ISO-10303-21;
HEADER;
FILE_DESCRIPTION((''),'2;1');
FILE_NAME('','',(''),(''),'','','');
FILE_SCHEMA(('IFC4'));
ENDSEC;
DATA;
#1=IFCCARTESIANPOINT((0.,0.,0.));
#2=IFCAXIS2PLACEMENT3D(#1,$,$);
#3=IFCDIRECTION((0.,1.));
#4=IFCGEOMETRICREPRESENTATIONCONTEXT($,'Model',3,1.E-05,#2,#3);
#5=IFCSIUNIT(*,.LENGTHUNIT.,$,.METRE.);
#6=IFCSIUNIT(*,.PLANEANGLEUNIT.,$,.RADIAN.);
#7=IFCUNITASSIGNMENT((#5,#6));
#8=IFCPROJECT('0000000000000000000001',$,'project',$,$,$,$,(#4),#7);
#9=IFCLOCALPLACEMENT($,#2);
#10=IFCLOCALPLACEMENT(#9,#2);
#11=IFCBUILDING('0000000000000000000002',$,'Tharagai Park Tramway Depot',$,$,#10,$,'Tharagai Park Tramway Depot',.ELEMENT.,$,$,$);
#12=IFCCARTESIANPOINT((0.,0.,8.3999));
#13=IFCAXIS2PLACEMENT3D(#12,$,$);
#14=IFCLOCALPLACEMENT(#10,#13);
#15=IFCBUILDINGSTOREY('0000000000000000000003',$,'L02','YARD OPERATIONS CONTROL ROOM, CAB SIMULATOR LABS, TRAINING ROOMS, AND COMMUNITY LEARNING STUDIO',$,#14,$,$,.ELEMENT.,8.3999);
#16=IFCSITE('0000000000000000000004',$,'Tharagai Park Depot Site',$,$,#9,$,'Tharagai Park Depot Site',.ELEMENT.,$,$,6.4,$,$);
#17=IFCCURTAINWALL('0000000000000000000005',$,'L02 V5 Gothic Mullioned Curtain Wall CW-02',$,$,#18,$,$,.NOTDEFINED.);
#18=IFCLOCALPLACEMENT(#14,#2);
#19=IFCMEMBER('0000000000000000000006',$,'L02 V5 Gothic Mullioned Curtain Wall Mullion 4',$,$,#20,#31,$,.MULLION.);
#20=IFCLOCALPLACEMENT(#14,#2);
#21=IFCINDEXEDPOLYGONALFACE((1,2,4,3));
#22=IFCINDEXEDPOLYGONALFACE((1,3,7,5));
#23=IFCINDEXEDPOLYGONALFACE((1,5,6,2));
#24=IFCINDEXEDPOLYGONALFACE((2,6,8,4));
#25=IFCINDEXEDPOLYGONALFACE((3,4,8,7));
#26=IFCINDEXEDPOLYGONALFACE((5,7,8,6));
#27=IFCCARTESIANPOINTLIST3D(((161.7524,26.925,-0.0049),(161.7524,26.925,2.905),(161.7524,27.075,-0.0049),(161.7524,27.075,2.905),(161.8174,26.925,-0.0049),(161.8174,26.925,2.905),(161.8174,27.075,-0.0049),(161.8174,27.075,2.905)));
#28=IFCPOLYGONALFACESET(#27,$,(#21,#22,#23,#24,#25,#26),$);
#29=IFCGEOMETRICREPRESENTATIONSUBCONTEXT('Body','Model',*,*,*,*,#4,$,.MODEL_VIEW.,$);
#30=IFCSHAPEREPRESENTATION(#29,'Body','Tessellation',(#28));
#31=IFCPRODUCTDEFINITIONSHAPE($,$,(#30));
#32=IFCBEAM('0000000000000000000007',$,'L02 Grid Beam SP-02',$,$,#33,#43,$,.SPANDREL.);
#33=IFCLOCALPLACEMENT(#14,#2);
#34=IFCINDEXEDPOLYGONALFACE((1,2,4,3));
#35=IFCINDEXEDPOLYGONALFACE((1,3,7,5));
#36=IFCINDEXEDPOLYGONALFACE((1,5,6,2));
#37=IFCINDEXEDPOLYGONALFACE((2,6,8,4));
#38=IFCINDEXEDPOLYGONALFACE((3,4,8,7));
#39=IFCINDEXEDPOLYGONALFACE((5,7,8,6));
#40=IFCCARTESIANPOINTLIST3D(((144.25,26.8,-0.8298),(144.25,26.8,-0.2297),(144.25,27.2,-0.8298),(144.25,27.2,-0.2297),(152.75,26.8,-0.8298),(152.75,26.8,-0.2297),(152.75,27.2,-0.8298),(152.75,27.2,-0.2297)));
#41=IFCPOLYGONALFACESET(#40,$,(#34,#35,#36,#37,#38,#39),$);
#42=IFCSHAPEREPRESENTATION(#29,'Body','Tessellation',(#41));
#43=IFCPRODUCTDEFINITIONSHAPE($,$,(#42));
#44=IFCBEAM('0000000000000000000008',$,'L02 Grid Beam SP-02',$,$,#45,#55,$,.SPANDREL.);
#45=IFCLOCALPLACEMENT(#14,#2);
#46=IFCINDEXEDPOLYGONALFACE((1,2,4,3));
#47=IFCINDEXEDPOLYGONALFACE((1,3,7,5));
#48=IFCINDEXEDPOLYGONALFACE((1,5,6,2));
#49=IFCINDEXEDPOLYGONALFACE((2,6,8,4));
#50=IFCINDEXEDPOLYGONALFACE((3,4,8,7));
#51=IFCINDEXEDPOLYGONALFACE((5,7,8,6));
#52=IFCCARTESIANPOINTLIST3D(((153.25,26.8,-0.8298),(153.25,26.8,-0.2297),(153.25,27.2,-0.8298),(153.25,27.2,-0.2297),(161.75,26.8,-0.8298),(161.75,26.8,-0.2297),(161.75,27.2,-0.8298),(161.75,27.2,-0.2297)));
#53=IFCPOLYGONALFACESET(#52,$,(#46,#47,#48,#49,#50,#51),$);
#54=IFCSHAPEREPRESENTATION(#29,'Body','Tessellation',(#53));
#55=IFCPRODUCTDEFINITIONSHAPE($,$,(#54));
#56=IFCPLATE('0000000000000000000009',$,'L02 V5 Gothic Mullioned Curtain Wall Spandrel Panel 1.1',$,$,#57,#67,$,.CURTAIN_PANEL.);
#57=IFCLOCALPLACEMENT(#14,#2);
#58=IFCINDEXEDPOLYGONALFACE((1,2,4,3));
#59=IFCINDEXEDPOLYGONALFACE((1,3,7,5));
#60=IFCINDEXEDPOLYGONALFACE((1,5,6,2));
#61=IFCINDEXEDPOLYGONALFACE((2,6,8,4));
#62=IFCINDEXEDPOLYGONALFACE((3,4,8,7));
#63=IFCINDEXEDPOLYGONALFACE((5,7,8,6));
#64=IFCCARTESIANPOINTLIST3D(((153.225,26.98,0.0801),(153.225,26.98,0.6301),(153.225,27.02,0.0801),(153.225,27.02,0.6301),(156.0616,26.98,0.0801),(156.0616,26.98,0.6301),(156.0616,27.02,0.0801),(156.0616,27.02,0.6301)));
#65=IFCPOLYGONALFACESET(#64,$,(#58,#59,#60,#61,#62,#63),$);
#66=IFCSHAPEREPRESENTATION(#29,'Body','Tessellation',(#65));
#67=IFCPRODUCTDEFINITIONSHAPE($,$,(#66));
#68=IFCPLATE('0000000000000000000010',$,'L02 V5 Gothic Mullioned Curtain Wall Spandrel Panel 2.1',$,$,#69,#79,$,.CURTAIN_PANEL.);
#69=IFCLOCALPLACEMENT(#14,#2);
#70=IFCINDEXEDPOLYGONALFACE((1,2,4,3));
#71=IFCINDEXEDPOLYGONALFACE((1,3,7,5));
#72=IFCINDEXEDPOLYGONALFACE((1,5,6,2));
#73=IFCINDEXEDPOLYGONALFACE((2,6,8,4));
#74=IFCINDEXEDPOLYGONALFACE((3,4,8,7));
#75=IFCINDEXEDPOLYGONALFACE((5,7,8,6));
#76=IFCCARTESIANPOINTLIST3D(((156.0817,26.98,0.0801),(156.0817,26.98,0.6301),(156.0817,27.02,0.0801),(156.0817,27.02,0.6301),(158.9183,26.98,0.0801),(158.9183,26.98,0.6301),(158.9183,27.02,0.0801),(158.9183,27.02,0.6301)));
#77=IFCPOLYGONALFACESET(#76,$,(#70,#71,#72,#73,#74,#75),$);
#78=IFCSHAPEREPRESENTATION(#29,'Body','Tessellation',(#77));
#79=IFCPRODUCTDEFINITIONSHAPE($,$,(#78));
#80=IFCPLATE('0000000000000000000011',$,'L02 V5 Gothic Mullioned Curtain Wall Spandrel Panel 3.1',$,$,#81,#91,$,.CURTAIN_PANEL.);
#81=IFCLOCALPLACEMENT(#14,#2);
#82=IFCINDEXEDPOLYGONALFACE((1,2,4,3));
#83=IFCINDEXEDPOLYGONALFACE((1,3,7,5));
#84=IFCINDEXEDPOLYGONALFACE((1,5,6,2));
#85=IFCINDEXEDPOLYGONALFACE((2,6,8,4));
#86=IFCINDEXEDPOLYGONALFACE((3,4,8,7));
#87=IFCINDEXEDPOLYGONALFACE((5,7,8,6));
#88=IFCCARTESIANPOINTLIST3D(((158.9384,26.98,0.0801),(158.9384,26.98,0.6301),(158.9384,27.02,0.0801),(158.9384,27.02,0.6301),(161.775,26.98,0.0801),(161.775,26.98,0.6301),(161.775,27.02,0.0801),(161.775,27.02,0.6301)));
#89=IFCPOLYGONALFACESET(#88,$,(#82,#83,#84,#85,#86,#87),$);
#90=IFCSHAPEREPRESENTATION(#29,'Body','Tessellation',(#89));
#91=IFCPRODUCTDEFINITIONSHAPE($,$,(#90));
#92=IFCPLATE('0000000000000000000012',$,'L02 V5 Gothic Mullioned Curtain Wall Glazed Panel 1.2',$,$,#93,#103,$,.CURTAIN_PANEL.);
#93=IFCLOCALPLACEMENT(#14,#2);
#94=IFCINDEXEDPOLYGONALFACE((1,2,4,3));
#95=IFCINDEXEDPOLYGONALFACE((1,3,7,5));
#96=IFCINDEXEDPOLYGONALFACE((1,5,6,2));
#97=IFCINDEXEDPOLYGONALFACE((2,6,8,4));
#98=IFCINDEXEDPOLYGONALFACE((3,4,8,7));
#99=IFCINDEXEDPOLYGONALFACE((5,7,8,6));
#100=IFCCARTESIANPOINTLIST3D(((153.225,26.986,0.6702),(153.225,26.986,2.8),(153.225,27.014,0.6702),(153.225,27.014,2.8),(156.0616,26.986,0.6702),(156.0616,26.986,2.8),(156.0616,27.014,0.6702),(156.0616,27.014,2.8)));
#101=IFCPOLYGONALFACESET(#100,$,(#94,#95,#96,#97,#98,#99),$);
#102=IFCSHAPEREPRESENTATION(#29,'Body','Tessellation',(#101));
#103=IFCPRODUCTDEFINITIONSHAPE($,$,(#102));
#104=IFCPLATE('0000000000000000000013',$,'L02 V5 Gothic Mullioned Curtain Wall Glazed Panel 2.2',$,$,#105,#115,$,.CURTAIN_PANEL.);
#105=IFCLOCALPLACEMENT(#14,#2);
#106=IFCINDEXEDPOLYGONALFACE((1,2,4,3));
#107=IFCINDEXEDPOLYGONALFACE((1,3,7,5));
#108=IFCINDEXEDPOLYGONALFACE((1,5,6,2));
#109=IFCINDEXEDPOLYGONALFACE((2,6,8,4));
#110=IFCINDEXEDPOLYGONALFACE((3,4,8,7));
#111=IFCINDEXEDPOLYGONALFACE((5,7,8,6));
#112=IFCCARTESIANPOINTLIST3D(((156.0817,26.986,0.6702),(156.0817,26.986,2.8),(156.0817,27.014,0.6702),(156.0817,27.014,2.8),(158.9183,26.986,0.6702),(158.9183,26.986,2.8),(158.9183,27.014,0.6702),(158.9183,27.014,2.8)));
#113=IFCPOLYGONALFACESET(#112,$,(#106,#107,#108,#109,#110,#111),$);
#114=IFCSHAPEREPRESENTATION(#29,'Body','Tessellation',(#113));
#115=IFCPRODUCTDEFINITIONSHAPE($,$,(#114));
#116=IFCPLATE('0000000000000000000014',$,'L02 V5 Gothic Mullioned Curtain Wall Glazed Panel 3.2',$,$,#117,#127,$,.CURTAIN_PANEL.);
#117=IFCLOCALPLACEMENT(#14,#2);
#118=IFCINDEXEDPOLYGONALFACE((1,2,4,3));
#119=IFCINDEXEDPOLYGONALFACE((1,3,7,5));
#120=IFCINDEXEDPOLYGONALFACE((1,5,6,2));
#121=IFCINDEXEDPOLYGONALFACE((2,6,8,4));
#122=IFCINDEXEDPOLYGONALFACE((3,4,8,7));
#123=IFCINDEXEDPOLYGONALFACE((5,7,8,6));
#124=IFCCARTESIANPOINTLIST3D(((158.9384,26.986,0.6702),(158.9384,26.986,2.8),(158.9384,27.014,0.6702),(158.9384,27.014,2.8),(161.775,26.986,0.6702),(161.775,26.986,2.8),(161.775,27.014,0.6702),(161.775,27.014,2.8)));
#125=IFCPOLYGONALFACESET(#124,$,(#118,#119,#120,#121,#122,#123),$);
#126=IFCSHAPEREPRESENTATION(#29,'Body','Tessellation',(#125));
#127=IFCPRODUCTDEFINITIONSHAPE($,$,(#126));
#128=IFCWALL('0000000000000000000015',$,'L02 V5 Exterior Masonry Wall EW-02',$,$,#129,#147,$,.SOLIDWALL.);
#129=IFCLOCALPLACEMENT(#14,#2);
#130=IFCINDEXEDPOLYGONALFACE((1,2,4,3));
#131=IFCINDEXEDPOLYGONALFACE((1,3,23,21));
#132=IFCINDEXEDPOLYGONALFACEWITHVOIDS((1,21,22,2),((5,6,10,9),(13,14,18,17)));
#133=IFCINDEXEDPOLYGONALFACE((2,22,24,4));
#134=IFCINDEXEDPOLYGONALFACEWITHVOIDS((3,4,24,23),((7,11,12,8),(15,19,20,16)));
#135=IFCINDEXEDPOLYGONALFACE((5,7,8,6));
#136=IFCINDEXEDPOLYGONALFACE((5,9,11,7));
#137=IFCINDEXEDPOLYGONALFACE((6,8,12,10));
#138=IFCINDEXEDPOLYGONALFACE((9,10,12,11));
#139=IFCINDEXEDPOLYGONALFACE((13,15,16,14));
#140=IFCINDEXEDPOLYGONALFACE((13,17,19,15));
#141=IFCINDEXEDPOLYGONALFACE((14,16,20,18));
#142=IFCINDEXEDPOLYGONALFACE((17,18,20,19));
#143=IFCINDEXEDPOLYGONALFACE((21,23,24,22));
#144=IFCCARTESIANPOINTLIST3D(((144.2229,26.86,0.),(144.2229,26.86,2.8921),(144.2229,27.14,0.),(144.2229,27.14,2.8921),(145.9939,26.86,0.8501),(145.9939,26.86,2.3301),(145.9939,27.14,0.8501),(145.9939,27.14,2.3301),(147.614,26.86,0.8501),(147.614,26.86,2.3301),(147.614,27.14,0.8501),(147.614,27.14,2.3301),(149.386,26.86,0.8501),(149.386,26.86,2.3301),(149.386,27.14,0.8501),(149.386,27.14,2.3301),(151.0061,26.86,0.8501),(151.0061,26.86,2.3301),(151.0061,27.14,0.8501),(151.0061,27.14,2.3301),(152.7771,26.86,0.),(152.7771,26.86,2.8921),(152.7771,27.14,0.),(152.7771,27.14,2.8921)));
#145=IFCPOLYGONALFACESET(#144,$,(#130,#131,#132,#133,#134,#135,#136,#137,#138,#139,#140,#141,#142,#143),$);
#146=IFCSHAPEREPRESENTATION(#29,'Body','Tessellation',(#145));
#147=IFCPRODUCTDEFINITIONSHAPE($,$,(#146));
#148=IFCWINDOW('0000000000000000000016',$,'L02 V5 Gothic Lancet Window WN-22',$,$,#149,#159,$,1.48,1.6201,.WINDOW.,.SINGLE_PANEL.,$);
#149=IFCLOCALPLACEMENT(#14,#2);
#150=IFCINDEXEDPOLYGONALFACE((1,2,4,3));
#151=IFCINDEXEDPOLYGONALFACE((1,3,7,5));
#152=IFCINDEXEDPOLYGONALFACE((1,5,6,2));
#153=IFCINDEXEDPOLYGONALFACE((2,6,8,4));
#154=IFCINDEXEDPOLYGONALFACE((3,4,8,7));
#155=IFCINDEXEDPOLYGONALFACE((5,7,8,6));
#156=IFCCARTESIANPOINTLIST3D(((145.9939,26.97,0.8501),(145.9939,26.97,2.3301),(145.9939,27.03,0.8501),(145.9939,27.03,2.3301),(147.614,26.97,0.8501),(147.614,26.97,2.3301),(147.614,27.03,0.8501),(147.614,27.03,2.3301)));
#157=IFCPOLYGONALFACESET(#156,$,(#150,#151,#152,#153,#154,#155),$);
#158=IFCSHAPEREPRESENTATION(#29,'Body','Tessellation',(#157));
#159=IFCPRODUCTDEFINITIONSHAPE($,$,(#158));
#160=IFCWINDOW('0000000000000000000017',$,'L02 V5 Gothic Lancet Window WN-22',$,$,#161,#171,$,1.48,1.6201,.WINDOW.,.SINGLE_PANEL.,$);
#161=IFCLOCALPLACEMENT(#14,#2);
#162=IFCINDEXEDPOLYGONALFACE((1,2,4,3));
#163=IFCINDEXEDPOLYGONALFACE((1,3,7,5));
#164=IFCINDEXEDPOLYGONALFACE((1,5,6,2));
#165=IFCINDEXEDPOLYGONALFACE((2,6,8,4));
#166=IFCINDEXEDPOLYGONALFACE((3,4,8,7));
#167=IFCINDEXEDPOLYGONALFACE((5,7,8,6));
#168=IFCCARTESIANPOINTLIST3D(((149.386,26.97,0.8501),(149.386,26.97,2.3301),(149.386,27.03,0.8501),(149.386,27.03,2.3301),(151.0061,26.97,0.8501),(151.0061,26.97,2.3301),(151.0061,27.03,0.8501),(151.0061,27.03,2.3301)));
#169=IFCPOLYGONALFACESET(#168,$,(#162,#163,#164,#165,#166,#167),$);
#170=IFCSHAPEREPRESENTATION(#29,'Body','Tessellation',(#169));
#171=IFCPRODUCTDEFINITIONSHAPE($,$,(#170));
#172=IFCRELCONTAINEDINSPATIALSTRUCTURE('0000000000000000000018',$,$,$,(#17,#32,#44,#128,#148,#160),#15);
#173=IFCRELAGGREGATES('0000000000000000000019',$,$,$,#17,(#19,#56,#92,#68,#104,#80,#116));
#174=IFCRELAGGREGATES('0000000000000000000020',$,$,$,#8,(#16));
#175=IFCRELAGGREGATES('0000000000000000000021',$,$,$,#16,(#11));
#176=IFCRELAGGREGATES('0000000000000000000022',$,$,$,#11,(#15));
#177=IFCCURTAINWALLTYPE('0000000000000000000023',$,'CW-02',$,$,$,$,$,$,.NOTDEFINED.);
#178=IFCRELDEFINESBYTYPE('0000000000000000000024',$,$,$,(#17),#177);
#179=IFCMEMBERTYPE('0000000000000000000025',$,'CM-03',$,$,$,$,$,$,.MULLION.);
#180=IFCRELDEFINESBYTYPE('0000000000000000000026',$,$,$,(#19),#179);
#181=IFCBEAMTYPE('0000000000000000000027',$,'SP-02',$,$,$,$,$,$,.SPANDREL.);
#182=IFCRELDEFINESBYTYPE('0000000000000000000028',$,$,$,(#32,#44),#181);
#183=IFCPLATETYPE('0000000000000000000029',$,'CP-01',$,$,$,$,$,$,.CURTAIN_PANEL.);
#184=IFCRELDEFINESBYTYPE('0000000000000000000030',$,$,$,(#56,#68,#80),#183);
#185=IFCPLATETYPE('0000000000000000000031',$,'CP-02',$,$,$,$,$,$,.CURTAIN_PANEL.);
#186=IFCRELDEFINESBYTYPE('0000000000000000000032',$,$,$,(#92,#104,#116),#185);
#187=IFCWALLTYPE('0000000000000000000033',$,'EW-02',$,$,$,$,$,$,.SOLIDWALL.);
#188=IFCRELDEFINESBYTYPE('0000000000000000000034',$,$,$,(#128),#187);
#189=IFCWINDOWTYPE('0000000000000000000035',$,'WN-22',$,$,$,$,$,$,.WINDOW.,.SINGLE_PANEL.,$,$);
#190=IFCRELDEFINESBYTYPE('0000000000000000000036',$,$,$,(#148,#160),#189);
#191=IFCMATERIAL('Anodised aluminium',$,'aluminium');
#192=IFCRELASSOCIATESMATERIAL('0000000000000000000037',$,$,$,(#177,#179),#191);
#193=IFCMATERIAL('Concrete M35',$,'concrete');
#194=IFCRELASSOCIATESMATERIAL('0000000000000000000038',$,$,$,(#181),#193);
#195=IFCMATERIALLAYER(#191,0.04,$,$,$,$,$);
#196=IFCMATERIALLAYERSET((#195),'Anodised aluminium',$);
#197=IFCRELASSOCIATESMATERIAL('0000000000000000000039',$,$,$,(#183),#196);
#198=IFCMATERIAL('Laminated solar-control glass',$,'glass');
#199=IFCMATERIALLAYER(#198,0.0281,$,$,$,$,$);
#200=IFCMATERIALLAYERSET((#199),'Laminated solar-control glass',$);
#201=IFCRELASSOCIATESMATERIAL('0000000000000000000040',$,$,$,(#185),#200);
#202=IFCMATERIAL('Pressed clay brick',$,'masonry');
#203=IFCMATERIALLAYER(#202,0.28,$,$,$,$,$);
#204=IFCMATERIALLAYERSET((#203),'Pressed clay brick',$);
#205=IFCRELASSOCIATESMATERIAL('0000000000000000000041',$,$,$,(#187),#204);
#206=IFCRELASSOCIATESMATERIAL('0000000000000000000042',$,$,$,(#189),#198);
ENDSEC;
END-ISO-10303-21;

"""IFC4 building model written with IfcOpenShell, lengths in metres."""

from ifc_helpers import new_model, si_unit, direction, frame, frame_2d, origin, origin_2d, place, context, subcontext, project, spatial, rectangle, extrude, material, layer, layer_set, material_profile, profile_set, type_object, element, fill, aggregate, save


model = new_model("IFC4")

# Units and contexts
model_context = context("Model", 3, precision=1e-05, world=origin(), true_north=direction((0.0, 1.0)))
body_context = subcontext(model_context, "Body", "Model", "MODEL_VIEW")
ifc_project = project(units=[si_unit("LENGTHUNIT", "METRE"), si_unit("PLANEANGLEUNIT", "RADIAN")], contexts=[model_context])

# Site, building, storey
site_placement = place(None, origin())
site = spatial("IfcSite", under=ifc_project, at=site_placement, Name="Tharagai Park Depot Site", LongName="Tharagai Park Depot Site", CompositionType="ELEMENT", RefElevation=6.4)
building_placement = place(site_placement, origin())
building = spatial("IfcBuilding", under=site, at=building_placement, Name="Tharagai Park Tramway Depot", LongName="Tharagai Park Tramway Depot", CompositionType="ELEMENT")
storey_placement = place(building_placement, frame((0.0, 0.0, 8.3999)))
storey = spatial("IfcBuildingStorey", under=building, at=storey_placement, Name="L02", Description="YARD OPERATIONS CONTROL ROOM, CAB SIMULATOR LABS, TRAINING ROOMS, AND COMMUNITY LEARNING STUDIO", CompositionType="ELEMENT", Elevation=8.3999)

# Curtain wall, member
ifc_material_1 = material(Name="Anodised aluminium", Category="aluminium")
curtain_wall_type = type_object("IfcCurtainWallType", Name="CW-02", PredefinedType="NOTDEFINED", material=ifc_material_1)
curtain_wall_placement = place(storey_placement, origin())
curtain_wall = element("IfcCurtainWall", 1, at=curtain_wall_placement, inside=storey, type_object=curtain_wall_type, Name="L02 V5 Gothic Mullioned Curtain Wall CW-02", PredefinedType="NOTDEFINED")
ifc_material_profile_1 = material_profile(ifc_material_1, rectangle(XDim=0.0649, YDim=0.1499, at=origin_2d()), Name="ALU 65x150")
ifc_profile_set_1 = profile_set([ifc_material_profile_1], Name="Anodised aluminium")
member_type_1 = type_object("IfcMemberType", Name="CM-03", PredefinedType="MULLION", material=ifc_profile_set_1)
member_1_placement = place(storey_placement, frame((161.7849, 27.0, -0.0049), z_axis=(0.0, 0.0, 1.0), x_axis=(1.0, 0.0, 0.0)))
member_1 = element("IfcMember", 2, at=member_1_placement, type_object=member_type_1, Name="L02 V5 Gothic Mullioned Curtain Wall Mullion 4", PredefinedType="MULLION", context=body_context, shape_type="SweptSolid", body=[
    extrude(rectangle(XDim=0.0649, YDim=0.1499, at=origin_2d()), origin(), (0.0, 0.0, 1.0), 2.9099),
])

# Beams
ifc_material_2 = material(Name="Concrete M35", Category="concrete")
ifc_material_profile_2 = material_profile(ifc_material_2, rectangle(XDim=0.3999, YDim=0.6001, at=origin_2d()), Name="RC 400x600")
ifc_profile_set_2 = profile_set([ifc_material_profile_2], Name="Concrete M35")
beam_type = type_object("IfcBeamType", Name="SP-02", PredefinedType="SPANDREL", material=ifc_profile_set_2)
for number, where, z_axis, x_axis, name in (
    (3, (144.25, 27.0, -0.5298), (1.0, 0.0, 0.0), (0.0, 1.0, 0.0), "L02 Grid Beam SP-02"),
    (4, (153.25, 27.0, -0.5298), (1.0, 0.0, 0.0), (0.0, 1.0, 0.0), "L02 Grid Beam SP-02"),
):
    element("IfcBeam", number, at=place(storey_placement, frame(where, z_axis=z_axis, x_axis=x_axis)), inside=storey, type_object=beam_type, Name=name, PredefinedType="SPANDREL", context=body_context, shape_type="SweptSolid", body=[
        extrude(rectangle(XDim=0.3999, YDim=0.6001, at=origin_2d()), origin(), (0.0, 0.0, 1.0), 8.5),
    ])

# Plates
ifc_layer_1 = layer(ifc_material_1, 0.04)
ifc_layer_set_1 = layer_set([ifc_layer_1], Name="Anodised aluminium")
plate_type_1 = type_object("IfcPlateType", Name="CP-01", PredefinedType="CURTAIN_PANEL", material=ifc_layer_set_1)
plate_1_placement = place(storey_placement, frame((154.6433, 27.0, 0.0801), z_axis=(0.0, 0.0, 1.0), x_axis=(1.0, 0.0, 0.0)))
plate_1 = element("IfcPlate", 5, at=plate_1_placement, type_object=plate_type_1, Name="L02 V5 Gothic Mullioned Curtain Wall Spandrel Panel 1.1", PredefinedType="CURTAIN_PANEL", context=body_context, shape_type="SweptSolid", body=[
    extrude(rectangle(XDim=2.8367, YDim=0.04, at=origin_2d()), origin(), (0.0, 0.0, 1.0), 0.55),
])
plate_2_placement = place(storey_placement, frame((157.5, 27.0, 0.0801), z_axis=(0.0, 0.0, 1.0), x_axis=(1.0, 0.0, 0.0)))
plate_2 = element("IfcPlate", 6, at=plate_2_placement, type_object=plate_type_1, Name="L02 V5 Gothic Mullioned Curtain Wall Spandrel Panel 2.1", PredefinedType="CURTAIN_PANEL", context=body_context, shape_type="SweptSolid", body=[
    extrude(rectangle(XDim=2.8367, YDim=0.04, at=origin_2d()), origin(), (0.0, 0.0, 1.0), 0.55),
])
plate_3_placement = place(storey_placement, frame((160.3567, 27.0, 0.0801), z_axis=(0.0, 0.0, 1.0), x_axis=(1.0, 0.0, 0.0)))
plate_3 = element("IfcPlate", 7, at=plate_3_placement, type_object=plate_type_1, Name="L02 V5 Gothic Mullioned Curtain Wall Spandrel Panel 3.1", PredefinedType="CURTAIN_PANEL", context=body_context, shape_type="SweptSolid", body=[
    extrude(rectangle(XDim=2.8367, YDim=0.04, at=origin_2d()), origin(), (0.0, 0.0, 1.0), 0.55),
])
ifc_material_3 = material(Name="Laminated solar-control glass", Category="glass")
ifc_layer_2 = layer(ifc_material_3, 0.0281)
ifc_layer_set_2 = layer_set([ifc_layer_2], Name="Laminated solar-control glass")
plate_type_2 = type_object("IfcPlateType", Name="CP-02", PredefinedType="CURTAIN_PANEL", material=ifc_layer_set_2)
plate_4_placement = place(storey_placement, frame((154.6433, 27.0, 0.6702), z_axis=(0.0, 0.0, 1.0), x_axis=(1.0, 0.0, 0.0)))
plate_4 = element("IfcPlate", 8, at=plate_4_placement, type_object=plate_type_2, Name="L02 V5 Gothic Mullioned Curtain Wall Glazed Panel 1.2", PredefinedType="CURTAIN_PANEL", context=body_context, shape_type="SweptSolid", body=[
    extrude(rectangle(XDim=2.8367, YDim=0.0281, at=origin_2d()), origin(), (0.0, 0.0, 1.0), 2.1299),
])
plate_5_placement = place(storey_placement, frame((157.5, 27.0, 0.6702), z_axis=(0.0, 0.0, 1.0), x_axis=(1.0, 0.0, 0.0)))
plate_5 = element("IfcPlate", 9, at=plate_5_placement, type_object=plate_type_2, Name="L02 V5 Gothic Mullioned Curtain Wall Glazed Panel 2.2", PredefinedType="CURTAIN_PANEL", context=body_context, shape_type="SweptSolid", body=[
    extrude(rectangle(XDim=2.8367, YDim=0.0281, at=origin_2d()), origin(), (0.0, 0.0, 1.0), 2.1299),
])
plate_6_placement = place(storey_placement, frame((160.3567, 27.0, 0.6702), z_axis=(0.0, 0.0, 1.0), x_axis=(1.0, 0.0, 0.0)))
plate_6 = element("IfcPlate", 10, at=plate_6_placement, type_object=plate_type_2, Name="L02 V5 Gothic Mullioned Curtain Wall Glazed Panel 3.2", PredefinedType="CURTAIN_PANEL", context=body_context, shape_type="SweptSolid", body=[
    extrude(rectangle(XDim=2.8367, YDim=0.0281, at=origin_2d()), origin(), (0.0, 0.0, 1.0), 2.1299),
])
aggregate(curtain_wall, [member_1, plate_1, plate_4, plate_2, plate_5, plate_3, plate_6])

# Wall, openings, windows
ifc_material_4 = material(Name="Pressed clay brick", Category="masonry")
ifc_layer_3 = layer(ifc_material_4, 0.28)
ifc_layer_set_3 = layer_set([ifc_layer_3], Name="Pressed clay brick")
wall_type = type_object("IfcWallType", Name="EW-02", PredefinedType="SOLIDWALL", material=ifc_layer_set_3)
wall_1_placement = place(storey_placement, frame((144.2229, 27.0, 0.0), z_axis=(0.0, 0.0, 1.0), x_axis=(1.0, 0.0, 0.0)))
wall_1 = element("IfcWall", 11, at=wall_1_placement, inside=storey, type_object=wall_type, Name="L02 V5 Exterior Masonry Wall EW-02", PredefinedType="SOLIDWALL", context=body_context, shape_type="SweptSolid", body=[
    extrude(rectangle(XDim=8.5542, YDim=0.28, at=frame_2d((4.2771, 0.0))), origin(), (0.0, 0.0, 1.0), 2.8921),
])
opening_1_placement = place(wall_1_placement, frame((1.771, 0.0, 0.8501)))
opening_1 = element("IfcOpeningElement", 12, at=opening_1_placement, cuts=wall_1, PredefinedType="OPENING", context=body_context, shape_type="SweptSolid", body=[
    extrude(rectangle(XDim=1.6201, YDim=1.48, at=frame_2d((0.8101, 0.74))), frame((0.0, 0.1499, 0.0), z_axis=(0.0, -1.0, 0.0), x_axis=(1.0, 0.0, 0.0)), (0.0, 0.0, 1.0), 0.3),
])
opening_2_placement = place(wall_1_placement, frame((5.1631, 0.0, 0.8501)))
opening_2 = element("IfcOpeningElement", 13, at=opening_2_placement, cuts=wall_1, PredefinedType="OPENING", context=body_context, shape_type="SweptSolid", body=[
    extrude(rectangle(XDim=1.6201, YDim=1.48, at=frame_2d((0.8101, 0.74))), frame((0.0, 0.1499, 0.0), z_axis=(0.0, -1.0, 0.0), x_axis=(1.0, 0.0, 0.0)), (0.0, 0.0, 1.0), 0.3),
])
window_type_1 = type_object("IfcWindowType", Name="WN-22", PartitioningType="SINGLE_PANEL", PredefinedType="WINDOW", material=ifc_material_3)
window_1_placement = place(opening_1_placement, origin())
window_1 = element("IfcWindow", 14, at=window_1_placement, inside=storey, type_object=window_type_1, Name="L02 V5 Gothic Lancet Window WN-22", OverallHeight=1.48, OverallWidth=1.6201, PartitioningType="SINGLE_PANEL", PredefinedType="WINDOW", context=body_context, shape_type="SweptSolid", body=[
    extrude(rectangle(XDim=1.6201, YDim=1.48, at=frame_2d((0.8101, 0.74))), frame((0.0, 0.03, 0.0), z_axis=(0.0, -1.0, 0.0), x_axis=(1.0, 0.0, 0.0)), (0.0, 0.0, 1.0), 0.0601),
])
fill(opening_1, window_1)
window_2_placement = place(opening_2_placement, origin())
window_2 = element("IfcWindow", 15, at=window_2_placement, inside=storey, type_object=window_type_1, Name="L02 V5 Gothic Lancet Window WN-22", OverallHeight=1.48, OverallWidth=1.6201, PartitioningType="SINGLE_PANEL", PredefinedType="WINDOW", context=body_context, shape_type="SweptSolid", body=[
    extrude(rectangle(XDim=1.6201, YDim=1.48, at=frame_2d((0.8101, 0.74))), frame((0.0, 0.03, 0.0), z_axis=(0.0, -1.0, 0.0), x_axis=(1.0, 0.0, 0.0)), (0.0, 0.0, 1.0), 0.0601),
])
fill(opening_2, window_2)

save(model, "model.ifc")
